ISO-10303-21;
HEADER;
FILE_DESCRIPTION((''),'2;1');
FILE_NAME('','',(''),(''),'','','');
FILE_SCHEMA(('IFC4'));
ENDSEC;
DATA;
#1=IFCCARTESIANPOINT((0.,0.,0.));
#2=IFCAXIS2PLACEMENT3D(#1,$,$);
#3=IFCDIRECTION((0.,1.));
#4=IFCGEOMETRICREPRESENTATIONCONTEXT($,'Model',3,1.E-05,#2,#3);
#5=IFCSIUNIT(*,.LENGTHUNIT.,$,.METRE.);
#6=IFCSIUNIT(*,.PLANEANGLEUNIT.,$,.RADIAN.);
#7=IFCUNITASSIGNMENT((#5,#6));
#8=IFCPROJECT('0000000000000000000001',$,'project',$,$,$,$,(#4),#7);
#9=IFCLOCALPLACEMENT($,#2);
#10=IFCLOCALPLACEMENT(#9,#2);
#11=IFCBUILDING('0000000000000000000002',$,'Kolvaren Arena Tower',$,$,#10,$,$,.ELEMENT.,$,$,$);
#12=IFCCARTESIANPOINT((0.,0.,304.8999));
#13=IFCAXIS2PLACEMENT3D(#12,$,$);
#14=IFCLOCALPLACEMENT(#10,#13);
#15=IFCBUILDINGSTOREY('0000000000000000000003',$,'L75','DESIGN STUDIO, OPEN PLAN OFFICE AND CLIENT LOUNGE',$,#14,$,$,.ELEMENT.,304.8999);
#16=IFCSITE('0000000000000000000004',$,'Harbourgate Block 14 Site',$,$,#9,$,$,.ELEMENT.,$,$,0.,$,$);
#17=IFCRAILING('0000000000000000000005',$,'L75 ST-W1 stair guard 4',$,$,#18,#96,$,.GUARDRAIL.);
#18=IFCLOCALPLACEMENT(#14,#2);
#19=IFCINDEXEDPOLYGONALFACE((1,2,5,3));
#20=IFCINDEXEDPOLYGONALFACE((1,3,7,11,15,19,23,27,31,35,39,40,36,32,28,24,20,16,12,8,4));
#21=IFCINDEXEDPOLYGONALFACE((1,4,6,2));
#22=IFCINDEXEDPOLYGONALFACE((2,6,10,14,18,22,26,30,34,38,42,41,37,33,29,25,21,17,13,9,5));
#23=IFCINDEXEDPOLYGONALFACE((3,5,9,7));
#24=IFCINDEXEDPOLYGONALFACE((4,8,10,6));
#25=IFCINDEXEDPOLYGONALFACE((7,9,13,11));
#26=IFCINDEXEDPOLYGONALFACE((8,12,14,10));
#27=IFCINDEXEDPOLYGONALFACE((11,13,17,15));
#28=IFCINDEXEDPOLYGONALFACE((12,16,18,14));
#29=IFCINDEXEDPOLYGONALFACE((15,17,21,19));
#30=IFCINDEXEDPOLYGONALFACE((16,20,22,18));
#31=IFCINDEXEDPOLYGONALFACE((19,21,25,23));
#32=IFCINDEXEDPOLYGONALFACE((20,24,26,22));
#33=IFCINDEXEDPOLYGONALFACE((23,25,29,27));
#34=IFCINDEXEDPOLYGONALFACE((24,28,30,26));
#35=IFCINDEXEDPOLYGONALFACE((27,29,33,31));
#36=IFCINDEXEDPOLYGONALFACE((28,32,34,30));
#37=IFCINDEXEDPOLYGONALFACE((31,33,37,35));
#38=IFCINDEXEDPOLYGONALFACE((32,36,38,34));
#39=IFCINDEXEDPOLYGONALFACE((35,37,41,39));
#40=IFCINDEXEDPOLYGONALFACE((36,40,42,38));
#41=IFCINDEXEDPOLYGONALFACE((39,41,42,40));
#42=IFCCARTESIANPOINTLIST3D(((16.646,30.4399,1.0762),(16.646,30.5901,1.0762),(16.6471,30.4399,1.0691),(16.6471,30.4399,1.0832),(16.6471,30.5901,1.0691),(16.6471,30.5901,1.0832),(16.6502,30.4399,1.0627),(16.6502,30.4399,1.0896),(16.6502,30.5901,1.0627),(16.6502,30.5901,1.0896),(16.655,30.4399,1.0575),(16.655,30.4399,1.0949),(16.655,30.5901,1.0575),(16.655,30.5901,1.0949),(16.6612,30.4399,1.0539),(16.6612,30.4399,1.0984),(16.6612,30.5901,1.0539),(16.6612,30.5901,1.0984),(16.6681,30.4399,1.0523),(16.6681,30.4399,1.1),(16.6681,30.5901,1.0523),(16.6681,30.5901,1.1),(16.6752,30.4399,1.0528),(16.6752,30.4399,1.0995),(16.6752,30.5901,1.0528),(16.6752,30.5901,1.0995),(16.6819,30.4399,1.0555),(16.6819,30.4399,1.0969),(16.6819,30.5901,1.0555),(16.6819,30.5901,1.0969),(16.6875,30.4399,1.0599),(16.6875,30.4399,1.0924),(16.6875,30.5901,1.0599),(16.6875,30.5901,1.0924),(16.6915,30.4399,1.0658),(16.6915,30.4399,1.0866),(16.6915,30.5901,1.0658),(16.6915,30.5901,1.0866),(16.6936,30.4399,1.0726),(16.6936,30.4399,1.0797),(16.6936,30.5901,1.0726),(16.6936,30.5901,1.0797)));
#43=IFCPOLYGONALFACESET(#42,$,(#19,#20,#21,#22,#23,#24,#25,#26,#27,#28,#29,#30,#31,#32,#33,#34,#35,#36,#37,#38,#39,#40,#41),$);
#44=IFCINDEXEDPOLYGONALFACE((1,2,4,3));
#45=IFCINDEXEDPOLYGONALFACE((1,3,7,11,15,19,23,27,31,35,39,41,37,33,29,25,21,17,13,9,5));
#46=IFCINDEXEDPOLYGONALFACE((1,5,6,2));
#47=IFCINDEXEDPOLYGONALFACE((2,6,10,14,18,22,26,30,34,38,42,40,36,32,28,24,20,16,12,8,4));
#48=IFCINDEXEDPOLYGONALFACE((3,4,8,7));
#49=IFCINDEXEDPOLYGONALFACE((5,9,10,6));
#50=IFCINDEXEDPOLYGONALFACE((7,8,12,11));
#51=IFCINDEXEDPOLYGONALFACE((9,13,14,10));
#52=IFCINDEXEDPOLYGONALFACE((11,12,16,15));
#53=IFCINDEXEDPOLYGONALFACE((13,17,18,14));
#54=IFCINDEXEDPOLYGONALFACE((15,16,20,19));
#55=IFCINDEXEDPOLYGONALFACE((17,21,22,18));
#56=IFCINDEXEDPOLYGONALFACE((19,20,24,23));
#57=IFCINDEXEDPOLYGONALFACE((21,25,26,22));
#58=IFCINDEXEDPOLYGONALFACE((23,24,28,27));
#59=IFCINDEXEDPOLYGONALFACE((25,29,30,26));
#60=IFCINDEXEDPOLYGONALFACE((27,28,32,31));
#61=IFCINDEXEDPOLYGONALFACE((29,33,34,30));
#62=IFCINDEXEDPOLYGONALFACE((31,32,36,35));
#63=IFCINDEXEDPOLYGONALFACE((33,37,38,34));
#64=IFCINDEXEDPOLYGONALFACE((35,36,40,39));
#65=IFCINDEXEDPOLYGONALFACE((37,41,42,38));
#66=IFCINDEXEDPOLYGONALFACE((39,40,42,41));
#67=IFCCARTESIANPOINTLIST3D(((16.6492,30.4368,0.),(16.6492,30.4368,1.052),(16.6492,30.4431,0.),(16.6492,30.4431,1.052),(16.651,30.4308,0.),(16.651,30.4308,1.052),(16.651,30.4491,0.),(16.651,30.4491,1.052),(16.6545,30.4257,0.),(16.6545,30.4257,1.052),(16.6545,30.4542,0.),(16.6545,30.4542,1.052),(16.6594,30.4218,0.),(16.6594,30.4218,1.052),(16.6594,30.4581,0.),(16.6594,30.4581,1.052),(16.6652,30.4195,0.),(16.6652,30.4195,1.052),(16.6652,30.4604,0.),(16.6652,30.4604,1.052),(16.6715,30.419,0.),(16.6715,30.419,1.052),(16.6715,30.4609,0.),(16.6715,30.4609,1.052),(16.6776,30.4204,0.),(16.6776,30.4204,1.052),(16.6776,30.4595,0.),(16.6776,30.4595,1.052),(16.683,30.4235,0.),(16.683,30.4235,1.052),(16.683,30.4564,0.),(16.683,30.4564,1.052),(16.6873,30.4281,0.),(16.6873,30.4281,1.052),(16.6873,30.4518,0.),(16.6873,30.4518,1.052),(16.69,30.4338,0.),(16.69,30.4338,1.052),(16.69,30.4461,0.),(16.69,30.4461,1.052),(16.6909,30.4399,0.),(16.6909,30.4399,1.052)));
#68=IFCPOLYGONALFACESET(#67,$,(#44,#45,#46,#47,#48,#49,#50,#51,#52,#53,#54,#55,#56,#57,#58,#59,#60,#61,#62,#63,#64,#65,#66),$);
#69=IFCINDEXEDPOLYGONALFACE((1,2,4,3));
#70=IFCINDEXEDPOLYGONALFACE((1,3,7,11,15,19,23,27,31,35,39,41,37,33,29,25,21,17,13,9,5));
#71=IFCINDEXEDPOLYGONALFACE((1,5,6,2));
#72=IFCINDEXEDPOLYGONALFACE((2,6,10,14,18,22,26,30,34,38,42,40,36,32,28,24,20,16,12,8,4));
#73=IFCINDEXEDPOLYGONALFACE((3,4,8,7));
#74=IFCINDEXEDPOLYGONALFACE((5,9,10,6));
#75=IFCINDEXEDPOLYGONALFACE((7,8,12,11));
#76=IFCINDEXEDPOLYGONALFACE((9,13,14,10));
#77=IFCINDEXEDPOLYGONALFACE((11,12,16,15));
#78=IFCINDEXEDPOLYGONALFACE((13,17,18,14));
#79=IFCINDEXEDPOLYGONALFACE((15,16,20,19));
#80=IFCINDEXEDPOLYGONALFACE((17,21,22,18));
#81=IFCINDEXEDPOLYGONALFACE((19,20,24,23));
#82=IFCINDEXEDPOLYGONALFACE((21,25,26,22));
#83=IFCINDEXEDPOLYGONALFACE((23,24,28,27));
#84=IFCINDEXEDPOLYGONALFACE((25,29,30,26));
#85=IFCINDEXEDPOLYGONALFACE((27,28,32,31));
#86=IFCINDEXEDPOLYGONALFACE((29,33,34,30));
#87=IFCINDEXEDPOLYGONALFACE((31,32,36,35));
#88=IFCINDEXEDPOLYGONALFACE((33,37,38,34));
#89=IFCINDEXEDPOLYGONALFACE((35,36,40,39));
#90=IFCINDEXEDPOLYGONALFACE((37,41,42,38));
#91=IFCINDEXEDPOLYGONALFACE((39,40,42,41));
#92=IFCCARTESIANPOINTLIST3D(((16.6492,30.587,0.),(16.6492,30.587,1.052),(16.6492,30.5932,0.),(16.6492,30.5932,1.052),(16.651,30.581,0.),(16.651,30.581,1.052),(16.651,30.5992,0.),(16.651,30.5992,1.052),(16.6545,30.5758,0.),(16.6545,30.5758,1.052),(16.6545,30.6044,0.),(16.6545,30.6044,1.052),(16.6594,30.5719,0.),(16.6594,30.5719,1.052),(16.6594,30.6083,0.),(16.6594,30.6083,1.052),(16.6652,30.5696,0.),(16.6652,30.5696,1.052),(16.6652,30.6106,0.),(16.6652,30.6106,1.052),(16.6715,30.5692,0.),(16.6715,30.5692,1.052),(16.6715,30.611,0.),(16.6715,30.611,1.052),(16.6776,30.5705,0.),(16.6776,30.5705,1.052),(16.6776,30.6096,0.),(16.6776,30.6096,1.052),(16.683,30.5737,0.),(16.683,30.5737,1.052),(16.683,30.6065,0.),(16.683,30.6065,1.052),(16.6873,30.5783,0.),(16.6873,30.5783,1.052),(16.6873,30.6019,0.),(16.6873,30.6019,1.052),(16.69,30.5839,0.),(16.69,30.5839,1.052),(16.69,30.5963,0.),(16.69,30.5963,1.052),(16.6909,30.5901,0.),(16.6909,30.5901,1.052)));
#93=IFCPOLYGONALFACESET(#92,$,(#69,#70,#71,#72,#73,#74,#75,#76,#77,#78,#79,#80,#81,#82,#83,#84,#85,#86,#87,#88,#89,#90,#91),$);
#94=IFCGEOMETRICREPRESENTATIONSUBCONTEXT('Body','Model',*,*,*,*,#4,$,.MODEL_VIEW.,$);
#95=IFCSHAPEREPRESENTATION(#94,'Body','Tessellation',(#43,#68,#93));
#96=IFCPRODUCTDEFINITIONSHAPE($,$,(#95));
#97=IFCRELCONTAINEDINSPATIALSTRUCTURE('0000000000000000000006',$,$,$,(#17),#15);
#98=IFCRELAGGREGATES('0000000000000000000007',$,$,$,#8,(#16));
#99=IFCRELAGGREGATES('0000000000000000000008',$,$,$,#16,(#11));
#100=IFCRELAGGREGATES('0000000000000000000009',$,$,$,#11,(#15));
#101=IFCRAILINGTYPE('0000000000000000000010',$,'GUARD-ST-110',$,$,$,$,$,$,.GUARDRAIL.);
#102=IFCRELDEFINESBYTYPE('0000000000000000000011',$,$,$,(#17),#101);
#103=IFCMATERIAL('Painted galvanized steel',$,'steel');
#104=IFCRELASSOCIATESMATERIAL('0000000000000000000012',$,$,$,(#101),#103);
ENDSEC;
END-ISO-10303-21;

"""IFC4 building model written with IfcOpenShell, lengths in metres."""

from ifc_helpers import new_model, si_unit, direction, frame, origin, origin_2d, place, context, subcontext, project, spatial, circle, extrude, material, type_object, element, save


model = new_model("IFC4")

# Units and contexts
model_context = context("Model", 3, precision=1e-05, world=origin(), true_north=direction((0.0, 1.0)))
body_context = subcontext(model_context, "Body", "Model", "MODEL_VIEW")
ifc_project = project(units=[si_unit("LENGTHUNIT", "METRE"), si_unit("PLANEANGLEUNIT", "RADIAN")], contexts=[model_context])

# Site, building, storey
site_placement = place(None, origin())
site = spatial("IfcSite", under=ifc_project, at=site_placement, Name="Harbourgate Block 14 Site", CompositionType="ELEMENT", RefElevation=0.0)
building_placement = place(site_placement, origin())
building = spatial("IfcBuilding", under=site, at=building_placement, Name="Kolvaren Arena Tower", CompositionType="ELEMENT")
storey_placement = place(building_placement, frame((0.0, 0.0, 304.8999)))
storey = spatial("IfcBuildingStorey", under=building, at=storey_placement, Name="L75", Description="DESIGN STUDIO, OPEN PLAN OFFICE AND CLIENT LOUNGE", CompositionType="ELEMENT", Elevation=304.8999)

# Railing
ifc_material_1 = material(Name="Painted galvanized steel", Category="steel")
railing_type_1 = type_object("IfcRailingType", Name="GUARD-ST-110", PredefinedType="GUARDRAIL", material=ifc_material_1)
railing_1_placement = place(storey_placement, frame((16.6699, 30.4399, 0.0)))
element("IfcRailing", 1, at=railing_1_placement, inside=storey, type_object=railing_type_1, Name="L75 ST-W1 stair guard 4", PredefinedType="GUARDRAIL", context=body_context, shape_type="SweptSolid", body=[
    extrude(circle(Radius=0.0239, at=origin_2d()), frame((0.0, 0.0, 1.0762), z_axis=(0.0, 1.0, 0.0), x_axis=(-1.0, 0.0, 0.0)), (0.0, 0.0, 1.0), 0.1501),
    extrude(circle(Radius=0.021, at=origin_2d()), origin(), (0.0, 0.0, 1.0), 1.052),
    extrude(circle(Radius=0.021, at=origin_2d()), frame((0.0, 0.1501, 0.0)), (0.0, 0.0, 1.0), 1.052),
])

save(model, "model.ifc")
